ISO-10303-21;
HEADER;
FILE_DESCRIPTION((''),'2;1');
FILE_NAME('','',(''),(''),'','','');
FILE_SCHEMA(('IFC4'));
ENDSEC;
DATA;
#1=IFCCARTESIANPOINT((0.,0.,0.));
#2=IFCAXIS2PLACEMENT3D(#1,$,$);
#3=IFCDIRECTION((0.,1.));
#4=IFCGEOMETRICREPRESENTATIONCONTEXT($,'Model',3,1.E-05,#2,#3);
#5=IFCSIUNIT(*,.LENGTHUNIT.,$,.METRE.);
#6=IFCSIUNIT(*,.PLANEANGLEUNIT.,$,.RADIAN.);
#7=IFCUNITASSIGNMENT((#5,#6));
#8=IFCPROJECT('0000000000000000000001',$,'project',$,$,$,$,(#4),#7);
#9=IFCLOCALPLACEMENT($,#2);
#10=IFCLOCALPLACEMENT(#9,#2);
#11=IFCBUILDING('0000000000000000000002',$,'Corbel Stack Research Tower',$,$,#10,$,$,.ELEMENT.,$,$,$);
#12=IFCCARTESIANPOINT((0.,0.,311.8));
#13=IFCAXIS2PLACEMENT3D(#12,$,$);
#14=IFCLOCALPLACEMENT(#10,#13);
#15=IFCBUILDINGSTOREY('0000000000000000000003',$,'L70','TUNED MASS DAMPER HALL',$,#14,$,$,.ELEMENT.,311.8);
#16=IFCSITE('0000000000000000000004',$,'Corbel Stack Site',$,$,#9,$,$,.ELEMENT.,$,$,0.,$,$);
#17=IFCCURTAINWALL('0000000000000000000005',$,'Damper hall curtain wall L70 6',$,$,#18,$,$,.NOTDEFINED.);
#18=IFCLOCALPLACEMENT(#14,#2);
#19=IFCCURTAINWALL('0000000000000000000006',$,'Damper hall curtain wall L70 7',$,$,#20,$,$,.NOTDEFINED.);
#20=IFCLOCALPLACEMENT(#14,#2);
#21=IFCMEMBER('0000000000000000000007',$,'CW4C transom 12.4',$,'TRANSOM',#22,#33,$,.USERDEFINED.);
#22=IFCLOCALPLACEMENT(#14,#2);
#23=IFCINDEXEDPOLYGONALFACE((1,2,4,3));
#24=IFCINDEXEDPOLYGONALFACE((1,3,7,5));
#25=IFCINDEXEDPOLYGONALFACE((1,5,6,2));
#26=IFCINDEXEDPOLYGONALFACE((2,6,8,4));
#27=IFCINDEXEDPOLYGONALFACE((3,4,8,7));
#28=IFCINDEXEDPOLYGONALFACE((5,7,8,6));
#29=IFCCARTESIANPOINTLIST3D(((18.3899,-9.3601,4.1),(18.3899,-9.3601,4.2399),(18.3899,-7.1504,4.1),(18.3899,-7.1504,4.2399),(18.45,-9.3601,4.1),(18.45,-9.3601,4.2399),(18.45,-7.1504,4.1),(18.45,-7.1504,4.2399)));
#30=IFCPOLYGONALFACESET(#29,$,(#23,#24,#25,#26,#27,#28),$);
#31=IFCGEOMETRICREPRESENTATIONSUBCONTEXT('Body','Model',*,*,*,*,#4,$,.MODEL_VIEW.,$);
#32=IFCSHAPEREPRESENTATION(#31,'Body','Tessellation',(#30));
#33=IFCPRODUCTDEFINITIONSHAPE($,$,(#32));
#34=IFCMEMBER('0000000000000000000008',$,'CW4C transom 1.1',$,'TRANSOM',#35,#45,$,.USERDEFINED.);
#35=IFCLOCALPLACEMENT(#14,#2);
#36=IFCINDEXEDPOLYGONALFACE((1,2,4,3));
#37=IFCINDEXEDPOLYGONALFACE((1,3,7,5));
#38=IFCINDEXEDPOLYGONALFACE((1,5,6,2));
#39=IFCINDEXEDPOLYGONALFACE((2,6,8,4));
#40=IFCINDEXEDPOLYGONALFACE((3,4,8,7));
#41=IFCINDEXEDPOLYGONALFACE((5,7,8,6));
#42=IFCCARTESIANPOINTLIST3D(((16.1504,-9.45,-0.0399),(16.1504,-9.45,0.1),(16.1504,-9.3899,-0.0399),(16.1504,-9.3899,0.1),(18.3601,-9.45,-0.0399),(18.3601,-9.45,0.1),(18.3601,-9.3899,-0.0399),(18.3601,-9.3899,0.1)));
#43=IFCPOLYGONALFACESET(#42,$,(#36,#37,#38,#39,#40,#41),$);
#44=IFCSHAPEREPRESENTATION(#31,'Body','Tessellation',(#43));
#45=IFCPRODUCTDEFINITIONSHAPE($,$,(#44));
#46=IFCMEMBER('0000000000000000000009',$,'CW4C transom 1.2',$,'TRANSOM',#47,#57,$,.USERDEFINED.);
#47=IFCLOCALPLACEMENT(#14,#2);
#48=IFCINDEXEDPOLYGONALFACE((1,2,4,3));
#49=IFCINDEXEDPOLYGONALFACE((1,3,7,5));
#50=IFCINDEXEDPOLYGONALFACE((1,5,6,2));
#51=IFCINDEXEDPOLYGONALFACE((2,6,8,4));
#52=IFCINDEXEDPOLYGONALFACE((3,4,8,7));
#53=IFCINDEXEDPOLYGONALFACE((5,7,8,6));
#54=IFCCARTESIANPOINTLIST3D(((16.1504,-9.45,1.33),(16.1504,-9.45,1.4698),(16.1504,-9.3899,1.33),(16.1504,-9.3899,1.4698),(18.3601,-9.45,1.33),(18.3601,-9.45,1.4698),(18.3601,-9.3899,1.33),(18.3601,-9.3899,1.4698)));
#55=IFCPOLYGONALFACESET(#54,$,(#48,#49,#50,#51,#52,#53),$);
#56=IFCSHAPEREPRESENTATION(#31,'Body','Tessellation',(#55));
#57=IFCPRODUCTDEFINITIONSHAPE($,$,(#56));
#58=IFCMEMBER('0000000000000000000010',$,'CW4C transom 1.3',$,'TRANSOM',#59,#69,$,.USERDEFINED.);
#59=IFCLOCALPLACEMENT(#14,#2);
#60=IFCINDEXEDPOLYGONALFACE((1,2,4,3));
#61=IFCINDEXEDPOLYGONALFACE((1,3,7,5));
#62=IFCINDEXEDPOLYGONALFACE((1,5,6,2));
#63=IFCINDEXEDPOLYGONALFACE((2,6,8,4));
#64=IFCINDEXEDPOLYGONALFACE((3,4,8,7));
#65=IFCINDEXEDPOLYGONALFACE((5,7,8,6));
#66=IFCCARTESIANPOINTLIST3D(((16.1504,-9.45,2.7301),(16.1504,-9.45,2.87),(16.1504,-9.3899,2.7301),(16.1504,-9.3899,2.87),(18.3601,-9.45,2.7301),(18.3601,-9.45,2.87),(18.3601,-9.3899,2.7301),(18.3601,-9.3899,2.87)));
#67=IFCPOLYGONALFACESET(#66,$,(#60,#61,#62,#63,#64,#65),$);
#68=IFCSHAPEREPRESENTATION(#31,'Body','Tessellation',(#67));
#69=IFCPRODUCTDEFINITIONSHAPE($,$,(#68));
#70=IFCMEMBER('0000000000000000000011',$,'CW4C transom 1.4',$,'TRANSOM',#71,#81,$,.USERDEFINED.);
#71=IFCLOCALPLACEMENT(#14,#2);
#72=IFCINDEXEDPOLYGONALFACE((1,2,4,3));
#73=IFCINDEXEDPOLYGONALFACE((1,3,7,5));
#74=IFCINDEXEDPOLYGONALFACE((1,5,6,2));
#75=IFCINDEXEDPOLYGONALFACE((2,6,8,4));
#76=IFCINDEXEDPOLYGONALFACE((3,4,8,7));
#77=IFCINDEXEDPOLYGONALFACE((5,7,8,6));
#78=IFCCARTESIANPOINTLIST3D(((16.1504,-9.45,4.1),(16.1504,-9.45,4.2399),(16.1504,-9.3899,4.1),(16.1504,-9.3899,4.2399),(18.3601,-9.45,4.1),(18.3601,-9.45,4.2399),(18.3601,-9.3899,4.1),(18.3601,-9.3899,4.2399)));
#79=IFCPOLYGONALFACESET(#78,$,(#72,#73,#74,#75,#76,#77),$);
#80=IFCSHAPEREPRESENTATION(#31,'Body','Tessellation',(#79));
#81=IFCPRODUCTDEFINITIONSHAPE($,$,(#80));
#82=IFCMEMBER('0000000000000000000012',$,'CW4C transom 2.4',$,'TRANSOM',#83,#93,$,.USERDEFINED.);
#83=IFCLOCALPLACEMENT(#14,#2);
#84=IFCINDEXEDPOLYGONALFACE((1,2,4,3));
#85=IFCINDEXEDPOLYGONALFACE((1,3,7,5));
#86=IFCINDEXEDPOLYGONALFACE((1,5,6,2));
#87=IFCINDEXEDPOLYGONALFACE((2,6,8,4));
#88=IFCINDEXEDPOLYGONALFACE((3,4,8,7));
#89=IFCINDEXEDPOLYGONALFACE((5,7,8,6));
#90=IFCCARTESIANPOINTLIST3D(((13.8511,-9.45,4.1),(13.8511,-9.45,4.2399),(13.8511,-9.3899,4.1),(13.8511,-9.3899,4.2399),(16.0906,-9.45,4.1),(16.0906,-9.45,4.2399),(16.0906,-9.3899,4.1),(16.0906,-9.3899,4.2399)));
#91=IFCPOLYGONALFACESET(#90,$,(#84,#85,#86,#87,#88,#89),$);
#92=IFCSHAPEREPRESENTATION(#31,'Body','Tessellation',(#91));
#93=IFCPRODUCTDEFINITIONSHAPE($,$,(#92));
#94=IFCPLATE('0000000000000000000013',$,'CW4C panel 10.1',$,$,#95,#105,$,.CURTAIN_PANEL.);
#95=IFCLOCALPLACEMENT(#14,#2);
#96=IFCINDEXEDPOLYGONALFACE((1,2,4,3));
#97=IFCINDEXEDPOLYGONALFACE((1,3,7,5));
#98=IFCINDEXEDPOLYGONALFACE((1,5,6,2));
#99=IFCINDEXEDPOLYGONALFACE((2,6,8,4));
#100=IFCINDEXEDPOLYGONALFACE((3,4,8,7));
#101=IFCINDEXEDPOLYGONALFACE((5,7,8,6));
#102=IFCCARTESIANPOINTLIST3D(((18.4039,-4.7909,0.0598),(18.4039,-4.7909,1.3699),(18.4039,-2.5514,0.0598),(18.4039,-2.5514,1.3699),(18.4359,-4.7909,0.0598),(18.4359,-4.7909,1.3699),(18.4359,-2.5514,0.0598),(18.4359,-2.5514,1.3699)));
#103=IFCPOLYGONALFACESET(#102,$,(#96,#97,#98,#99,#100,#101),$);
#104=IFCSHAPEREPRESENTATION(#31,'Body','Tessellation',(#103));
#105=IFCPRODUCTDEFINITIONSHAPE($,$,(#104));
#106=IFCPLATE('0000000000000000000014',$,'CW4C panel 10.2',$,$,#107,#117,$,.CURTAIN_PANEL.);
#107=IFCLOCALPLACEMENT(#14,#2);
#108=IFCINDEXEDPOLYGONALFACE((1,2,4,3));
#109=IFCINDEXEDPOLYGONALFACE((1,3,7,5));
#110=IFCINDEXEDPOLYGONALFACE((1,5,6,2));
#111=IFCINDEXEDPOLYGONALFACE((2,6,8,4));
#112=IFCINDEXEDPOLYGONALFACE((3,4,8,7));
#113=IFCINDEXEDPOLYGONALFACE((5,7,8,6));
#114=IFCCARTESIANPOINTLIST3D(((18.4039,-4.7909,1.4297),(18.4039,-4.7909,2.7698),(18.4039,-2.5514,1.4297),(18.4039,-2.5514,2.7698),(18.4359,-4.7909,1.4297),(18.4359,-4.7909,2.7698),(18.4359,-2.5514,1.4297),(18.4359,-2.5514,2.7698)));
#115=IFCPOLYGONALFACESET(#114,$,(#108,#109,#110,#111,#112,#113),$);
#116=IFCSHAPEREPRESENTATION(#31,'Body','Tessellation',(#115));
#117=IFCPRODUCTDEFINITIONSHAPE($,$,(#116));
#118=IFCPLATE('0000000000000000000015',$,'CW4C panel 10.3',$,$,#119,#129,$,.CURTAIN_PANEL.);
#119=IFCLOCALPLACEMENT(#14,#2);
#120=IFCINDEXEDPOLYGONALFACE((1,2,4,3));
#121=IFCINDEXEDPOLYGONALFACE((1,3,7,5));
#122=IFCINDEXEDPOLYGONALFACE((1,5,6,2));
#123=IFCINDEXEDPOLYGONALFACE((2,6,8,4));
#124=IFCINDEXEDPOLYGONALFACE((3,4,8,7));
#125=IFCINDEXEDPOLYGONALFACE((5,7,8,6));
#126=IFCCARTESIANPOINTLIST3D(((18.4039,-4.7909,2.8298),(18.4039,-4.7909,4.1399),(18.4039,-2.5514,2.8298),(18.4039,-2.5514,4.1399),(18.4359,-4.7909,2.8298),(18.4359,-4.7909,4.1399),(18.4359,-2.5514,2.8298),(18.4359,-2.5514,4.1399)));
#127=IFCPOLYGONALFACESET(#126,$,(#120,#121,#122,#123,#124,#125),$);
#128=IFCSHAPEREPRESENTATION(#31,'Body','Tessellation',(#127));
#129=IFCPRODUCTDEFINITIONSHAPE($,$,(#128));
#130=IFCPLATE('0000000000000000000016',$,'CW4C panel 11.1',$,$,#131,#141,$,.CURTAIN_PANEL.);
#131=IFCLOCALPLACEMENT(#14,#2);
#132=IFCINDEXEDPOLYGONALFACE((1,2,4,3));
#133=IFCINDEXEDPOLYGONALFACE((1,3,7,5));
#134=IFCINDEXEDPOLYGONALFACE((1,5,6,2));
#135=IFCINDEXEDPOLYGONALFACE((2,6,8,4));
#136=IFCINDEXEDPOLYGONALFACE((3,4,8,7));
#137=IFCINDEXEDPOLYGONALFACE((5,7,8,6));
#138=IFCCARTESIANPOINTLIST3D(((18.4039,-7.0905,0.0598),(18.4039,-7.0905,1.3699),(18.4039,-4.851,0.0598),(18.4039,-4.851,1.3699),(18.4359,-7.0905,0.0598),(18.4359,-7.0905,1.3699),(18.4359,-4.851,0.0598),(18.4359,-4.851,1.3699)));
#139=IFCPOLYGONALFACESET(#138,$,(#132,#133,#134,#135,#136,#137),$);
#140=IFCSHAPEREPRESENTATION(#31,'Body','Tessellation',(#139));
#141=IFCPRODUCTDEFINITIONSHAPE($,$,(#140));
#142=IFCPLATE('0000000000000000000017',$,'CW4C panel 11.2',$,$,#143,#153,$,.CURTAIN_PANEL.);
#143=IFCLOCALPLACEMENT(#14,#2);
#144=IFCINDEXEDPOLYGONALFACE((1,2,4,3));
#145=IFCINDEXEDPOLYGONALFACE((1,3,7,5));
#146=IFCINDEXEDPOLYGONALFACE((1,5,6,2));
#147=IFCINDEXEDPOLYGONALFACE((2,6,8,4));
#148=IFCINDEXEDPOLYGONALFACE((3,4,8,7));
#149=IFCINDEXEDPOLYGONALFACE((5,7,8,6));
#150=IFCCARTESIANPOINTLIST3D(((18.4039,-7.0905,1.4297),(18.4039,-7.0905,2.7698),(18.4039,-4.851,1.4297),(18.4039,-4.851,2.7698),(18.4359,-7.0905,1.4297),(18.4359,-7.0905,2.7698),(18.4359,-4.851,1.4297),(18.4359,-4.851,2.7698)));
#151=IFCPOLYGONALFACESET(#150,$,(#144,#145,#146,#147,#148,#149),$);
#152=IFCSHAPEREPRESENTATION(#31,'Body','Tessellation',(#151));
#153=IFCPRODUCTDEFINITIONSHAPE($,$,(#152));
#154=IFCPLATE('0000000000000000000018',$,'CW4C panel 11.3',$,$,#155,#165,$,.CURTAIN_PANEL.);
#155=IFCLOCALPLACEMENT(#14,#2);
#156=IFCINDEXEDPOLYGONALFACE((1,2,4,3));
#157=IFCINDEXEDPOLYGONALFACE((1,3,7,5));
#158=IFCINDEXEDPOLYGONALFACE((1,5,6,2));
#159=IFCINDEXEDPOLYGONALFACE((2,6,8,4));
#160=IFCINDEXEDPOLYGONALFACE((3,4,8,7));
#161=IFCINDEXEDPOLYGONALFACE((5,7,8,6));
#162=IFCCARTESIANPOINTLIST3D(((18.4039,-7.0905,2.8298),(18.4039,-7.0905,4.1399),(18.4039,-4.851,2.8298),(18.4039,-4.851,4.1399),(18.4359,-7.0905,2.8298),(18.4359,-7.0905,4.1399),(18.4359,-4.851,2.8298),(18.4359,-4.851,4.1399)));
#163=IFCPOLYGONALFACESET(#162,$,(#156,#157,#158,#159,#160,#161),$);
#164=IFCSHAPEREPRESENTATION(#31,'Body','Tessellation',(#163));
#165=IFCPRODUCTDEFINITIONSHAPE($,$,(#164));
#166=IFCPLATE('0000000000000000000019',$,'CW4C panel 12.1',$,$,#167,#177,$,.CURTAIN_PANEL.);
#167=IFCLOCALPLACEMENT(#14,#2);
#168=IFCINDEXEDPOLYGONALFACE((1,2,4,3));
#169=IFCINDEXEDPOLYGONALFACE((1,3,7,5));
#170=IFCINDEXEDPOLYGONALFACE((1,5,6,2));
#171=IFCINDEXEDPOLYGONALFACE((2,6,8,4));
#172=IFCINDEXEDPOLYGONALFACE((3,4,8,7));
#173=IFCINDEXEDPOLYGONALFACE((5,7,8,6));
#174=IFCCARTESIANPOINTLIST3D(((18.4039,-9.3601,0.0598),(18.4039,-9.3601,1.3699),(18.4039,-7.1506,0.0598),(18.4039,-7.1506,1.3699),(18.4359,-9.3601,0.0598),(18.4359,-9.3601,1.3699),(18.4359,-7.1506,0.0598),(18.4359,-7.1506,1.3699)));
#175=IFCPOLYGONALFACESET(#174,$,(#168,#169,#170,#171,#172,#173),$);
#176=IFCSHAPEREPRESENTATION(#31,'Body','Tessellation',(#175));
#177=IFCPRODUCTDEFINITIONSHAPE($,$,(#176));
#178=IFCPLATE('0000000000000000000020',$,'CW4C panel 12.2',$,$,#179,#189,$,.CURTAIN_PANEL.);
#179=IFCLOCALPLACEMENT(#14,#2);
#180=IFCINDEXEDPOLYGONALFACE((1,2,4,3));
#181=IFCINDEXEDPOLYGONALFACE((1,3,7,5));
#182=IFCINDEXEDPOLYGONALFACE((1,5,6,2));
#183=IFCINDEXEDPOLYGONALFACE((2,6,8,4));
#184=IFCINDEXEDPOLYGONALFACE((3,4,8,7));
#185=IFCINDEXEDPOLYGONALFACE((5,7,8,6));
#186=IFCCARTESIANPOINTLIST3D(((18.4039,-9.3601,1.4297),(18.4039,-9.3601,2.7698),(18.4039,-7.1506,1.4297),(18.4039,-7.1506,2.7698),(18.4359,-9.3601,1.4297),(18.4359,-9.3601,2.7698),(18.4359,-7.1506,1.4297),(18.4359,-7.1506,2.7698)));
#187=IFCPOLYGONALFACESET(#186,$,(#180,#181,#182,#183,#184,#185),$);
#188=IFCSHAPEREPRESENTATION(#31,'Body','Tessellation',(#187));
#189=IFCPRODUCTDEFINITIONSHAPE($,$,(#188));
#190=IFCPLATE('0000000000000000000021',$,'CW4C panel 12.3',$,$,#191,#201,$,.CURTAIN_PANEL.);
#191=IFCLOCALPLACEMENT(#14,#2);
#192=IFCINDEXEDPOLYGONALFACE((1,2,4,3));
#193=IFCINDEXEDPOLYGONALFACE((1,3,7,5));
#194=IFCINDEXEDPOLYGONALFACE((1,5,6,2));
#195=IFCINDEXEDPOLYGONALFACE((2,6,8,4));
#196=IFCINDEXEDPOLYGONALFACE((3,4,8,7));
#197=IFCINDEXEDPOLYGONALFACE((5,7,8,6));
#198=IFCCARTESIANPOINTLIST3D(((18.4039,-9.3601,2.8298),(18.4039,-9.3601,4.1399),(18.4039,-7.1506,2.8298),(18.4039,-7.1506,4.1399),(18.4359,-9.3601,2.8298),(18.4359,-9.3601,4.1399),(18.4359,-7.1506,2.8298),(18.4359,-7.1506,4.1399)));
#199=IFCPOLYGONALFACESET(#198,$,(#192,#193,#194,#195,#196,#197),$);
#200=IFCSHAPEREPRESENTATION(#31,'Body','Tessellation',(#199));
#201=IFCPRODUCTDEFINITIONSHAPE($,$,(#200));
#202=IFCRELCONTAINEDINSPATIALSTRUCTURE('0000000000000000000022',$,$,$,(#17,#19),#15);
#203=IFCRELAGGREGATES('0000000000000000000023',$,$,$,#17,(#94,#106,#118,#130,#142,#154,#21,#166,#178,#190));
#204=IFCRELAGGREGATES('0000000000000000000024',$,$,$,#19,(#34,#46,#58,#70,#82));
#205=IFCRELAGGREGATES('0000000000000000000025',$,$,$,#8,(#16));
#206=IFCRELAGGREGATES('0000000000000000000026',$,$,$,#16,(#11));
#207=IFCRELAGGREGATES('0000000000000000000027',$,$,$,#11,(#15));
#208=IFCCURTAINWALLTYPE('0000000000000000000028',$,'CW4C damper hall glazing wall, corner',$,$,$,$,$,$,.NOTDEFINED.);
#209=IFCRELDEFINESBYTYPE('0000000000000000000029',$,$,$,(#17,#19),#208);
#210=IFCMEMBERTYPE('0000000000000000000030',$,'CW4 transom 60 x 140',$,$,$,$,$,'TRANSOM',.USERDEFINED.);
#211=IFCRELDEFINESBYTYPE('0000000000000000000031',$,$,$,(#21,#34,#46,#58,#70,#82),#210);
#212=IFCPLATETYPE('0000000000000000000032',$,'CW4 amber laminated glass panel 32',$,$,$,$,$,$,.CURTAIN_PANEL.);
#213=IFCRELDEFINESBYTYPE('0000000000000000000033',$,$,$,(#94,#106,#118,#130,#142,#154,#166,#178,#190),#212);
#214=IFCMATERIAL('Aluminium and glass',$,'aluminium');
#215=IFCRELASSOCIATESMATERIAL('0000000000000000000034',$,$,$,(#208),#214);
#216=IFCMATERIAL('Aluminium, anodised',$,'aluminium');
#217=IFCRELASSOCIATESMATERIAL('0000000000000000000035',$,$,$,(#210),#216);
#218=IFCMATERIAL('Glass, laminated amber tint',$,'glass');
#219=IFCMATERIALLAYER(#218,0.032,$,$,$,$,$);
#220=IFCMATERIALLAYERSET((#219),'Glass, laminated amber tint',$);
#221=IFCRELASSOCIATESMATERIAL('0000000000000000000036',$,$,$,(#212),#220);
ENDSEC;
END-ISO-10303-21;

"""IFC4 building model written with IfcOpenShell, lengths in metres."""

from ifc_helpers import new_model, si_unit, direction, frame, origin, origin_2d, place, context, subcontext, project, spatial, rectangle, extrude, material, layer, layer_set, material_profile, profile_set, type_object, element, aggregate, save


model = new_model("IFC4")

# Units and contexts
model_context = context("Model", 3, precision=1e-05, world=origin(), true_north=direction((0.0, 1.0)))
body_context = subcontext(model_context, "Body", "Model", "MODEL_VIEW")
ifc_project = project(units=[si_unit("LENGTHUNIT", "METRE"), si_unit("PLANEANGLEUNIT", "RADIAN")], contexts=[model_context])

# Site, building, storey
site_placement = place(None, origin())
site = spatial("IfcSite", under=ifc_project, at=site_placement, Name="Corbel Stack Site", CompositionType="ELEMENT", RefElevation=0.0)
building_placement = place(site_placement, origin())
building = spatial("IfcBuilding", under=site, at=building_placement, Name="Corbel Stack Research Tower", CompositionType="ELEMENT")
storey_placement = place(building_placement, frame((0.0, 0.0, 311.8)))
storey = spatial("IfcBuildingStorey", under=building, at=storey_placement, Name="L70", Description="TUNED MASS DAMPER HALL", CompositionType="ELEMENT", Elevation=311.8)

# Curtain walls
ifc_material_1 = material(Name="Aluminium and glass", Category="aluminium")
curtain_wall_type = type_object("IfcCurtainWallType", Name="CW4C damper hall glazing wall, corner", PredefinedType="NOTDEFINED", material=ifc_material_1)
curtain_wall_1_placement = place(storey_placement, origin())
curtain_wall_1 = element("IfcCurtainWall", 1, at=curtain_wall_1_placement, inside=storey, type_object=curtain_wall_type, Name="Damper hall curtain wall L70 6", PredefinedType="NOTDEFINED")
curtain_wall_2_placement = place(storey_placement, origin())
curtain_wall_2 = element("IfcCurtainWall", 2, at=curtain_wall_2_placement, inside=storey, type_object=curtain_wall_type, Name="Damper hall curtain wall L70 7", PredefinedType="NOTDEFINED")

# Members
ifc_material_2 = material(Name="Aluminium, anodised", Category="aluminium")
ifc_material_profile_1 = material_profile(ifc_material_2, rectangle(XDim=0.0601, YDim=0.1399, at=origin_2d()), Name="CW4 transom 60 x 140")
ifc_profile_set_1 = profile_set([ifc_material_profile_1], Name="Aluminium, anodised")
member_type_1 = type_object("IfcMemberType", Name="CW4 transom 60 x 140", ElementType="TRANSOM", PredefinedType="USERDEFINED", material=ifc_profile_set_1)
member_1_placement = place(storey_placement, frame((18.4199, -7.1504, 4.1699), z_axis=(0.0, -1.0, 0.0), x_axis=(1.0, 0.0, 0.0)))
member_1 = element("IfcMember", 3, at=member_1_placement, type_object=member_type_1, Name="CW4C transom 12.4", ObjectType="TRANSOM", PredefinedType="USERDEFINED", context=body_context, shape_type="SweptSolid", body=[
    extrude(rectangle(XDim=0.0601, YDim=0.1399, at=origin_2d()), origin(), (0.0, 0.0, 1.0), 2.2097),
])
member_2_placement = place(storey_placement, frame((18.3601, -9.4199, 0.03), z_axis=(-1.0, 0.0, 0.0), x_axis=(0.0, -1.0, 0.0)))
member_2 = element("IfcMember", 4, at=member_2_placement, type_object=member_type_1, Name="CW4C transom 1.1", ObjectType="TRANSOM", PredefinedType="USERDEFINED", context=body_context, shape_type="SweptSolid", body=[
    extrude(rectangle(XDim=0.0601, YDim=0.1399, at=origin_2d()), origin(), (0.0, 0.0, 1.0), 2.2097),
])
member_3_placement = place(storey_placement, frame((18.3601, -9.4199, 1.3999), z_axis=(-1.0, 0.0, 0.0), x_axis=(0.0, -1.0, 0.0)))
member_3 = element("IfcMember", 5, at=member_3_placement, type_object=member_type_1, Name="CW4C transom 1.2", ObjectType="TRANSOM", PredefinedType="USERDEFINED", context=body_context, shape_type="SweptSolid", body=[
    extrude(rectangle(XDim=0.0601, YDim=0.1399, at=origin_2d()), origin(), (0.0, 0.0, 1.0), 2.2097),
])
member_4_placement = place(storey_placement, frame((18.3601, -9.4199, 2.8), z_axis=(-1.0, 0.0, 0.0), x_axis=(0.0, -1.0, 0.0)))
member_4 = element("IfcMember", 6, at=member_4_placement, type_object=member_type_1, Name="CW4C transom 1.3", ObjectType="TRANSOM", PredefinedType="USERDEFINED", context=body_context, shape_type="SweptSolid", body=[
    extrude(rectangle(XDim=0.0601, YDim=0.1399, at=origin_2d()), origin(), (0.0, 0.0, 1.0), 2.2097),
])
member_5_placement = place(storey_placement, frame((18.3601, -9.4199, 4.1699), z_axis=(-1.0, 0.0, 0.0), x_axis=(0.0, -1.0, 0.0)))
member_5 = element("IfcMember", 7, at=member_5_placement, type_object=member_type_1, Name="CW4C transom 1.4", ObjectType="TRANSOM", PredefinedType="USERDEFINED", context=body_context, shape_type="SweptSolid", body=[
    extrude(rectangle(XDim=0.0601, YDim=0.1399, at=origin_2d()), origin(), (0.0, 0.0, 1.0), 2.2097),
])
member_6_placement = place(storey_placement, frame((16.0906, -9.4199, 4.1699), z_axis=(-1.0, 0.0, 0.0), x_axis=(0.0, -1.0, 0.0)))
member_6 = element("IfcMember", 8, at=member_6_placement, type_object=member_type_1, Name="CW4C transom 2.4", ObjectType="TRANSOM", PredefinedType="USERDEFINED", context=body_context, shape_type="SweptSolid", body=[
    extrude(rectangle(XDim=0.0601, YDim=0.1399, at=origin_2d()), origin(), (0.0, 0.0, 1.0), 2.2395),
])

# Plates
ifc_material_3 = material(Name="Glass, laminated amber tint", Category="glass")
ifc_layer_1 = layer(ifc_material_3, 0.032)
ifc_layer_set_1 = layer_set([ifc_layer_1], Name="Glass, laminated amber tint")
plate_type = type_object("IfcPlateType", Name="CW4 amber laminated glass panel 32", PredefinedType="CURTAIN_PANEL", material=ifc_layer_set_1)
plate_1_placement = place(storey_placement, frame((18.4199, -3.6711, 0.0598), z_axis=(0.0, 0.0, 1.0), x_axis=(0.0, -1.0, 0.0)))
plate_1 = element("IfcPlate", 9, at=plate_1_placement, type_object=plate_type, Name="CW4C panel 10.1", PredefinedType="CURTAIN_PANEL", context=body_context, shape_type="SweptSolid", body=[
    extrude(rectangle(XDim=2.2395, YDim=0.032, at=origin_2d()), origin(), (0.0, 0.0, 1.0), 1.3101),
])
plate_2_placement = place(storey_placement, frame((18.4199, -3.6711, 1.4297), z_axis=(0.0, 0.0, 1.0), x_axis=(0.0, -1.0, 0.0)))
plate_2 = element("IfcPlate", 10, at=plate_2_placement, type_object=plate_type, Name="CW4C panel 10.2", PredefinedType="CURTAIN_PANEL", context=body_context, shape_type="SweptSolid", body=[
    extrude(rectangle(XDim=2.2395, YDim=0.032, at=origin_2d()), origin(), (0.0, 0.0, 1.0), 1.3401),
])
plate_3_placement = place(storey_placement, frame((18.4199, -3.6711, 2.8298), z_axis=(0.0, 0.0, 1.0), x_axis=(0.0, -1.0, 0.0)))
plate_3 = element("IfcPlate", 11, at=plate_3_placement, type_object=plate_type, Name="CW4C panel 10.3", PredefinedType="CURTAIN_PANEL", context=body_context, shape_type="SweptSolid", body=[
    extrude(rectangle(XDim=2.2395, YDim=0.032, at=origin_2d()), origin(), (0.0, 0.0, 1.0), 1.3101),
])
plate_4_placement = place(storey_placement, frame((18.4199, -5.9707, 0.0598), z_axis=(0.0, 0.0, 1.0), x_axis=(0.0, -1.0, 0.0)))
plate_4 = element("IfcPlate", 12, at=plate_4_placement, type_object=plate_type, Name="CW4C panel 11.1", PredefinedType="CURTAIN_PANEL", context=body_context, shape_type="SweptSolid", body=[
    extrude(rectangle(XDim=2.2395, YDim=0.032, at=origin_2d()), origin(), (0.0, 0.0, 1.0), 1.3101),
])
plate_5_placement = place(storey_placement, frame((18.4199, -5.9707, 1.4297), z_axis=(0.0, 0.0, 1.0), x_axis=(0.0, -1.0, 0.0)))
plate_5 = element("IfcPlate", 13, at=plate_5_placement, type_object=plate_type, Name="CW4C panel 11.2", PredefinedType="CURTAIN_PANEL", context=body_context, shape_type="SweptSolid", body=[
    extrude(rectangle(XDim=2.2395, YDim=0.032, at=origin_2d()), origin(), (0.0, 0.0, 1.0), 1.3401),
])
plate_6_placement = place(storey_placement, frame((18.4199, -5.9707, 2.8298), z_axis=(0.0, 0.0, 1.0), x_axis=(0.0, -1.0, 0.0)))
plate_6 = element("IfcPlate", 14, at=plate_6_placement, type_object=plate_type, Name="CW4C panel 11.3", PredefinedType="CURTAIN_PANEL", context=body_context, shape_type="SweptSolid", body=[
    extrude(rectangle(XDim=2.2395, YDim=0.032, at=origin_2d()), origin(), (0.0, 0.0, 1.0), 1.3101),
])
plate_7_placement = place(storey_placement, frame((18.4199, -8.2554, 0.0598), z_axis=(0.0, 0.0, 1.0), x_axis=(0.0, -1.0, 0.0)))
plate_7 = element("IfcPlate", 15, at=plate_7_placement, type_object=plate_type, Name="CW4C panel 12.1", PredefinedType="CURTAIN_PANEL", context=body_context, shape_type="SweptSolid", body=[
    extrude(rectangle(XDim=2.2095, YDim=0.032, at=origin_2d()), origin(), (0.0, 0.0, 1.0), 1.3101),
])
plate_8_placement = place(storey_placement, frame((18.4199, -8.2554, 1.4297), z_axis=(0.0, 0.0, 1.0), x_axis=(0.0, -1.0, 0.0)))
plate_8 = element("IfcPlate", 16, at=plate_8_placement, type_object=plate_type, Name="CW4C panel 12.2", PredefinedType="CURTAIN_PANEL", context=body_context, shape_type="SweptSolid", body=[
    extrude(rectangle(XDim=2.2095, YDim=0.032, at=origin_2d()), origin(), (0.0, 0.0, 1.0), 1.3401),
])
plate_9_placement = place(storey_placement, frame((18.4199, -8.2554, 2.8298), z_axis=(0.0, 0.0, 1.0), x_axis=(0.0, -1.0, 0.0)))
plate_9 = element("IfcPlate", 17, at=plate_9_placement, type_object=plate_type, Name="CW4C panel 12.3", PredefinedType="CURTAIN_PANEL", context=body_context, shape_type="SweptSolid", body=[
    extrude(rectangle(XDim=2.2095, YDim=0.032, at=origin_2d()), origin(), (0.0, 0.0, 1.0), 1.3101),
])
aggregate(curtain_wall_1, [plate_1, plate_2, plate_3, plate_4, plate_5, plate_6, member_1, plate_7, plate_8, plate_9])
aggregate(curtain_wall_2, [member_2, member_3, member_4, member_5, member_6])

save(model, "model.ifc")
